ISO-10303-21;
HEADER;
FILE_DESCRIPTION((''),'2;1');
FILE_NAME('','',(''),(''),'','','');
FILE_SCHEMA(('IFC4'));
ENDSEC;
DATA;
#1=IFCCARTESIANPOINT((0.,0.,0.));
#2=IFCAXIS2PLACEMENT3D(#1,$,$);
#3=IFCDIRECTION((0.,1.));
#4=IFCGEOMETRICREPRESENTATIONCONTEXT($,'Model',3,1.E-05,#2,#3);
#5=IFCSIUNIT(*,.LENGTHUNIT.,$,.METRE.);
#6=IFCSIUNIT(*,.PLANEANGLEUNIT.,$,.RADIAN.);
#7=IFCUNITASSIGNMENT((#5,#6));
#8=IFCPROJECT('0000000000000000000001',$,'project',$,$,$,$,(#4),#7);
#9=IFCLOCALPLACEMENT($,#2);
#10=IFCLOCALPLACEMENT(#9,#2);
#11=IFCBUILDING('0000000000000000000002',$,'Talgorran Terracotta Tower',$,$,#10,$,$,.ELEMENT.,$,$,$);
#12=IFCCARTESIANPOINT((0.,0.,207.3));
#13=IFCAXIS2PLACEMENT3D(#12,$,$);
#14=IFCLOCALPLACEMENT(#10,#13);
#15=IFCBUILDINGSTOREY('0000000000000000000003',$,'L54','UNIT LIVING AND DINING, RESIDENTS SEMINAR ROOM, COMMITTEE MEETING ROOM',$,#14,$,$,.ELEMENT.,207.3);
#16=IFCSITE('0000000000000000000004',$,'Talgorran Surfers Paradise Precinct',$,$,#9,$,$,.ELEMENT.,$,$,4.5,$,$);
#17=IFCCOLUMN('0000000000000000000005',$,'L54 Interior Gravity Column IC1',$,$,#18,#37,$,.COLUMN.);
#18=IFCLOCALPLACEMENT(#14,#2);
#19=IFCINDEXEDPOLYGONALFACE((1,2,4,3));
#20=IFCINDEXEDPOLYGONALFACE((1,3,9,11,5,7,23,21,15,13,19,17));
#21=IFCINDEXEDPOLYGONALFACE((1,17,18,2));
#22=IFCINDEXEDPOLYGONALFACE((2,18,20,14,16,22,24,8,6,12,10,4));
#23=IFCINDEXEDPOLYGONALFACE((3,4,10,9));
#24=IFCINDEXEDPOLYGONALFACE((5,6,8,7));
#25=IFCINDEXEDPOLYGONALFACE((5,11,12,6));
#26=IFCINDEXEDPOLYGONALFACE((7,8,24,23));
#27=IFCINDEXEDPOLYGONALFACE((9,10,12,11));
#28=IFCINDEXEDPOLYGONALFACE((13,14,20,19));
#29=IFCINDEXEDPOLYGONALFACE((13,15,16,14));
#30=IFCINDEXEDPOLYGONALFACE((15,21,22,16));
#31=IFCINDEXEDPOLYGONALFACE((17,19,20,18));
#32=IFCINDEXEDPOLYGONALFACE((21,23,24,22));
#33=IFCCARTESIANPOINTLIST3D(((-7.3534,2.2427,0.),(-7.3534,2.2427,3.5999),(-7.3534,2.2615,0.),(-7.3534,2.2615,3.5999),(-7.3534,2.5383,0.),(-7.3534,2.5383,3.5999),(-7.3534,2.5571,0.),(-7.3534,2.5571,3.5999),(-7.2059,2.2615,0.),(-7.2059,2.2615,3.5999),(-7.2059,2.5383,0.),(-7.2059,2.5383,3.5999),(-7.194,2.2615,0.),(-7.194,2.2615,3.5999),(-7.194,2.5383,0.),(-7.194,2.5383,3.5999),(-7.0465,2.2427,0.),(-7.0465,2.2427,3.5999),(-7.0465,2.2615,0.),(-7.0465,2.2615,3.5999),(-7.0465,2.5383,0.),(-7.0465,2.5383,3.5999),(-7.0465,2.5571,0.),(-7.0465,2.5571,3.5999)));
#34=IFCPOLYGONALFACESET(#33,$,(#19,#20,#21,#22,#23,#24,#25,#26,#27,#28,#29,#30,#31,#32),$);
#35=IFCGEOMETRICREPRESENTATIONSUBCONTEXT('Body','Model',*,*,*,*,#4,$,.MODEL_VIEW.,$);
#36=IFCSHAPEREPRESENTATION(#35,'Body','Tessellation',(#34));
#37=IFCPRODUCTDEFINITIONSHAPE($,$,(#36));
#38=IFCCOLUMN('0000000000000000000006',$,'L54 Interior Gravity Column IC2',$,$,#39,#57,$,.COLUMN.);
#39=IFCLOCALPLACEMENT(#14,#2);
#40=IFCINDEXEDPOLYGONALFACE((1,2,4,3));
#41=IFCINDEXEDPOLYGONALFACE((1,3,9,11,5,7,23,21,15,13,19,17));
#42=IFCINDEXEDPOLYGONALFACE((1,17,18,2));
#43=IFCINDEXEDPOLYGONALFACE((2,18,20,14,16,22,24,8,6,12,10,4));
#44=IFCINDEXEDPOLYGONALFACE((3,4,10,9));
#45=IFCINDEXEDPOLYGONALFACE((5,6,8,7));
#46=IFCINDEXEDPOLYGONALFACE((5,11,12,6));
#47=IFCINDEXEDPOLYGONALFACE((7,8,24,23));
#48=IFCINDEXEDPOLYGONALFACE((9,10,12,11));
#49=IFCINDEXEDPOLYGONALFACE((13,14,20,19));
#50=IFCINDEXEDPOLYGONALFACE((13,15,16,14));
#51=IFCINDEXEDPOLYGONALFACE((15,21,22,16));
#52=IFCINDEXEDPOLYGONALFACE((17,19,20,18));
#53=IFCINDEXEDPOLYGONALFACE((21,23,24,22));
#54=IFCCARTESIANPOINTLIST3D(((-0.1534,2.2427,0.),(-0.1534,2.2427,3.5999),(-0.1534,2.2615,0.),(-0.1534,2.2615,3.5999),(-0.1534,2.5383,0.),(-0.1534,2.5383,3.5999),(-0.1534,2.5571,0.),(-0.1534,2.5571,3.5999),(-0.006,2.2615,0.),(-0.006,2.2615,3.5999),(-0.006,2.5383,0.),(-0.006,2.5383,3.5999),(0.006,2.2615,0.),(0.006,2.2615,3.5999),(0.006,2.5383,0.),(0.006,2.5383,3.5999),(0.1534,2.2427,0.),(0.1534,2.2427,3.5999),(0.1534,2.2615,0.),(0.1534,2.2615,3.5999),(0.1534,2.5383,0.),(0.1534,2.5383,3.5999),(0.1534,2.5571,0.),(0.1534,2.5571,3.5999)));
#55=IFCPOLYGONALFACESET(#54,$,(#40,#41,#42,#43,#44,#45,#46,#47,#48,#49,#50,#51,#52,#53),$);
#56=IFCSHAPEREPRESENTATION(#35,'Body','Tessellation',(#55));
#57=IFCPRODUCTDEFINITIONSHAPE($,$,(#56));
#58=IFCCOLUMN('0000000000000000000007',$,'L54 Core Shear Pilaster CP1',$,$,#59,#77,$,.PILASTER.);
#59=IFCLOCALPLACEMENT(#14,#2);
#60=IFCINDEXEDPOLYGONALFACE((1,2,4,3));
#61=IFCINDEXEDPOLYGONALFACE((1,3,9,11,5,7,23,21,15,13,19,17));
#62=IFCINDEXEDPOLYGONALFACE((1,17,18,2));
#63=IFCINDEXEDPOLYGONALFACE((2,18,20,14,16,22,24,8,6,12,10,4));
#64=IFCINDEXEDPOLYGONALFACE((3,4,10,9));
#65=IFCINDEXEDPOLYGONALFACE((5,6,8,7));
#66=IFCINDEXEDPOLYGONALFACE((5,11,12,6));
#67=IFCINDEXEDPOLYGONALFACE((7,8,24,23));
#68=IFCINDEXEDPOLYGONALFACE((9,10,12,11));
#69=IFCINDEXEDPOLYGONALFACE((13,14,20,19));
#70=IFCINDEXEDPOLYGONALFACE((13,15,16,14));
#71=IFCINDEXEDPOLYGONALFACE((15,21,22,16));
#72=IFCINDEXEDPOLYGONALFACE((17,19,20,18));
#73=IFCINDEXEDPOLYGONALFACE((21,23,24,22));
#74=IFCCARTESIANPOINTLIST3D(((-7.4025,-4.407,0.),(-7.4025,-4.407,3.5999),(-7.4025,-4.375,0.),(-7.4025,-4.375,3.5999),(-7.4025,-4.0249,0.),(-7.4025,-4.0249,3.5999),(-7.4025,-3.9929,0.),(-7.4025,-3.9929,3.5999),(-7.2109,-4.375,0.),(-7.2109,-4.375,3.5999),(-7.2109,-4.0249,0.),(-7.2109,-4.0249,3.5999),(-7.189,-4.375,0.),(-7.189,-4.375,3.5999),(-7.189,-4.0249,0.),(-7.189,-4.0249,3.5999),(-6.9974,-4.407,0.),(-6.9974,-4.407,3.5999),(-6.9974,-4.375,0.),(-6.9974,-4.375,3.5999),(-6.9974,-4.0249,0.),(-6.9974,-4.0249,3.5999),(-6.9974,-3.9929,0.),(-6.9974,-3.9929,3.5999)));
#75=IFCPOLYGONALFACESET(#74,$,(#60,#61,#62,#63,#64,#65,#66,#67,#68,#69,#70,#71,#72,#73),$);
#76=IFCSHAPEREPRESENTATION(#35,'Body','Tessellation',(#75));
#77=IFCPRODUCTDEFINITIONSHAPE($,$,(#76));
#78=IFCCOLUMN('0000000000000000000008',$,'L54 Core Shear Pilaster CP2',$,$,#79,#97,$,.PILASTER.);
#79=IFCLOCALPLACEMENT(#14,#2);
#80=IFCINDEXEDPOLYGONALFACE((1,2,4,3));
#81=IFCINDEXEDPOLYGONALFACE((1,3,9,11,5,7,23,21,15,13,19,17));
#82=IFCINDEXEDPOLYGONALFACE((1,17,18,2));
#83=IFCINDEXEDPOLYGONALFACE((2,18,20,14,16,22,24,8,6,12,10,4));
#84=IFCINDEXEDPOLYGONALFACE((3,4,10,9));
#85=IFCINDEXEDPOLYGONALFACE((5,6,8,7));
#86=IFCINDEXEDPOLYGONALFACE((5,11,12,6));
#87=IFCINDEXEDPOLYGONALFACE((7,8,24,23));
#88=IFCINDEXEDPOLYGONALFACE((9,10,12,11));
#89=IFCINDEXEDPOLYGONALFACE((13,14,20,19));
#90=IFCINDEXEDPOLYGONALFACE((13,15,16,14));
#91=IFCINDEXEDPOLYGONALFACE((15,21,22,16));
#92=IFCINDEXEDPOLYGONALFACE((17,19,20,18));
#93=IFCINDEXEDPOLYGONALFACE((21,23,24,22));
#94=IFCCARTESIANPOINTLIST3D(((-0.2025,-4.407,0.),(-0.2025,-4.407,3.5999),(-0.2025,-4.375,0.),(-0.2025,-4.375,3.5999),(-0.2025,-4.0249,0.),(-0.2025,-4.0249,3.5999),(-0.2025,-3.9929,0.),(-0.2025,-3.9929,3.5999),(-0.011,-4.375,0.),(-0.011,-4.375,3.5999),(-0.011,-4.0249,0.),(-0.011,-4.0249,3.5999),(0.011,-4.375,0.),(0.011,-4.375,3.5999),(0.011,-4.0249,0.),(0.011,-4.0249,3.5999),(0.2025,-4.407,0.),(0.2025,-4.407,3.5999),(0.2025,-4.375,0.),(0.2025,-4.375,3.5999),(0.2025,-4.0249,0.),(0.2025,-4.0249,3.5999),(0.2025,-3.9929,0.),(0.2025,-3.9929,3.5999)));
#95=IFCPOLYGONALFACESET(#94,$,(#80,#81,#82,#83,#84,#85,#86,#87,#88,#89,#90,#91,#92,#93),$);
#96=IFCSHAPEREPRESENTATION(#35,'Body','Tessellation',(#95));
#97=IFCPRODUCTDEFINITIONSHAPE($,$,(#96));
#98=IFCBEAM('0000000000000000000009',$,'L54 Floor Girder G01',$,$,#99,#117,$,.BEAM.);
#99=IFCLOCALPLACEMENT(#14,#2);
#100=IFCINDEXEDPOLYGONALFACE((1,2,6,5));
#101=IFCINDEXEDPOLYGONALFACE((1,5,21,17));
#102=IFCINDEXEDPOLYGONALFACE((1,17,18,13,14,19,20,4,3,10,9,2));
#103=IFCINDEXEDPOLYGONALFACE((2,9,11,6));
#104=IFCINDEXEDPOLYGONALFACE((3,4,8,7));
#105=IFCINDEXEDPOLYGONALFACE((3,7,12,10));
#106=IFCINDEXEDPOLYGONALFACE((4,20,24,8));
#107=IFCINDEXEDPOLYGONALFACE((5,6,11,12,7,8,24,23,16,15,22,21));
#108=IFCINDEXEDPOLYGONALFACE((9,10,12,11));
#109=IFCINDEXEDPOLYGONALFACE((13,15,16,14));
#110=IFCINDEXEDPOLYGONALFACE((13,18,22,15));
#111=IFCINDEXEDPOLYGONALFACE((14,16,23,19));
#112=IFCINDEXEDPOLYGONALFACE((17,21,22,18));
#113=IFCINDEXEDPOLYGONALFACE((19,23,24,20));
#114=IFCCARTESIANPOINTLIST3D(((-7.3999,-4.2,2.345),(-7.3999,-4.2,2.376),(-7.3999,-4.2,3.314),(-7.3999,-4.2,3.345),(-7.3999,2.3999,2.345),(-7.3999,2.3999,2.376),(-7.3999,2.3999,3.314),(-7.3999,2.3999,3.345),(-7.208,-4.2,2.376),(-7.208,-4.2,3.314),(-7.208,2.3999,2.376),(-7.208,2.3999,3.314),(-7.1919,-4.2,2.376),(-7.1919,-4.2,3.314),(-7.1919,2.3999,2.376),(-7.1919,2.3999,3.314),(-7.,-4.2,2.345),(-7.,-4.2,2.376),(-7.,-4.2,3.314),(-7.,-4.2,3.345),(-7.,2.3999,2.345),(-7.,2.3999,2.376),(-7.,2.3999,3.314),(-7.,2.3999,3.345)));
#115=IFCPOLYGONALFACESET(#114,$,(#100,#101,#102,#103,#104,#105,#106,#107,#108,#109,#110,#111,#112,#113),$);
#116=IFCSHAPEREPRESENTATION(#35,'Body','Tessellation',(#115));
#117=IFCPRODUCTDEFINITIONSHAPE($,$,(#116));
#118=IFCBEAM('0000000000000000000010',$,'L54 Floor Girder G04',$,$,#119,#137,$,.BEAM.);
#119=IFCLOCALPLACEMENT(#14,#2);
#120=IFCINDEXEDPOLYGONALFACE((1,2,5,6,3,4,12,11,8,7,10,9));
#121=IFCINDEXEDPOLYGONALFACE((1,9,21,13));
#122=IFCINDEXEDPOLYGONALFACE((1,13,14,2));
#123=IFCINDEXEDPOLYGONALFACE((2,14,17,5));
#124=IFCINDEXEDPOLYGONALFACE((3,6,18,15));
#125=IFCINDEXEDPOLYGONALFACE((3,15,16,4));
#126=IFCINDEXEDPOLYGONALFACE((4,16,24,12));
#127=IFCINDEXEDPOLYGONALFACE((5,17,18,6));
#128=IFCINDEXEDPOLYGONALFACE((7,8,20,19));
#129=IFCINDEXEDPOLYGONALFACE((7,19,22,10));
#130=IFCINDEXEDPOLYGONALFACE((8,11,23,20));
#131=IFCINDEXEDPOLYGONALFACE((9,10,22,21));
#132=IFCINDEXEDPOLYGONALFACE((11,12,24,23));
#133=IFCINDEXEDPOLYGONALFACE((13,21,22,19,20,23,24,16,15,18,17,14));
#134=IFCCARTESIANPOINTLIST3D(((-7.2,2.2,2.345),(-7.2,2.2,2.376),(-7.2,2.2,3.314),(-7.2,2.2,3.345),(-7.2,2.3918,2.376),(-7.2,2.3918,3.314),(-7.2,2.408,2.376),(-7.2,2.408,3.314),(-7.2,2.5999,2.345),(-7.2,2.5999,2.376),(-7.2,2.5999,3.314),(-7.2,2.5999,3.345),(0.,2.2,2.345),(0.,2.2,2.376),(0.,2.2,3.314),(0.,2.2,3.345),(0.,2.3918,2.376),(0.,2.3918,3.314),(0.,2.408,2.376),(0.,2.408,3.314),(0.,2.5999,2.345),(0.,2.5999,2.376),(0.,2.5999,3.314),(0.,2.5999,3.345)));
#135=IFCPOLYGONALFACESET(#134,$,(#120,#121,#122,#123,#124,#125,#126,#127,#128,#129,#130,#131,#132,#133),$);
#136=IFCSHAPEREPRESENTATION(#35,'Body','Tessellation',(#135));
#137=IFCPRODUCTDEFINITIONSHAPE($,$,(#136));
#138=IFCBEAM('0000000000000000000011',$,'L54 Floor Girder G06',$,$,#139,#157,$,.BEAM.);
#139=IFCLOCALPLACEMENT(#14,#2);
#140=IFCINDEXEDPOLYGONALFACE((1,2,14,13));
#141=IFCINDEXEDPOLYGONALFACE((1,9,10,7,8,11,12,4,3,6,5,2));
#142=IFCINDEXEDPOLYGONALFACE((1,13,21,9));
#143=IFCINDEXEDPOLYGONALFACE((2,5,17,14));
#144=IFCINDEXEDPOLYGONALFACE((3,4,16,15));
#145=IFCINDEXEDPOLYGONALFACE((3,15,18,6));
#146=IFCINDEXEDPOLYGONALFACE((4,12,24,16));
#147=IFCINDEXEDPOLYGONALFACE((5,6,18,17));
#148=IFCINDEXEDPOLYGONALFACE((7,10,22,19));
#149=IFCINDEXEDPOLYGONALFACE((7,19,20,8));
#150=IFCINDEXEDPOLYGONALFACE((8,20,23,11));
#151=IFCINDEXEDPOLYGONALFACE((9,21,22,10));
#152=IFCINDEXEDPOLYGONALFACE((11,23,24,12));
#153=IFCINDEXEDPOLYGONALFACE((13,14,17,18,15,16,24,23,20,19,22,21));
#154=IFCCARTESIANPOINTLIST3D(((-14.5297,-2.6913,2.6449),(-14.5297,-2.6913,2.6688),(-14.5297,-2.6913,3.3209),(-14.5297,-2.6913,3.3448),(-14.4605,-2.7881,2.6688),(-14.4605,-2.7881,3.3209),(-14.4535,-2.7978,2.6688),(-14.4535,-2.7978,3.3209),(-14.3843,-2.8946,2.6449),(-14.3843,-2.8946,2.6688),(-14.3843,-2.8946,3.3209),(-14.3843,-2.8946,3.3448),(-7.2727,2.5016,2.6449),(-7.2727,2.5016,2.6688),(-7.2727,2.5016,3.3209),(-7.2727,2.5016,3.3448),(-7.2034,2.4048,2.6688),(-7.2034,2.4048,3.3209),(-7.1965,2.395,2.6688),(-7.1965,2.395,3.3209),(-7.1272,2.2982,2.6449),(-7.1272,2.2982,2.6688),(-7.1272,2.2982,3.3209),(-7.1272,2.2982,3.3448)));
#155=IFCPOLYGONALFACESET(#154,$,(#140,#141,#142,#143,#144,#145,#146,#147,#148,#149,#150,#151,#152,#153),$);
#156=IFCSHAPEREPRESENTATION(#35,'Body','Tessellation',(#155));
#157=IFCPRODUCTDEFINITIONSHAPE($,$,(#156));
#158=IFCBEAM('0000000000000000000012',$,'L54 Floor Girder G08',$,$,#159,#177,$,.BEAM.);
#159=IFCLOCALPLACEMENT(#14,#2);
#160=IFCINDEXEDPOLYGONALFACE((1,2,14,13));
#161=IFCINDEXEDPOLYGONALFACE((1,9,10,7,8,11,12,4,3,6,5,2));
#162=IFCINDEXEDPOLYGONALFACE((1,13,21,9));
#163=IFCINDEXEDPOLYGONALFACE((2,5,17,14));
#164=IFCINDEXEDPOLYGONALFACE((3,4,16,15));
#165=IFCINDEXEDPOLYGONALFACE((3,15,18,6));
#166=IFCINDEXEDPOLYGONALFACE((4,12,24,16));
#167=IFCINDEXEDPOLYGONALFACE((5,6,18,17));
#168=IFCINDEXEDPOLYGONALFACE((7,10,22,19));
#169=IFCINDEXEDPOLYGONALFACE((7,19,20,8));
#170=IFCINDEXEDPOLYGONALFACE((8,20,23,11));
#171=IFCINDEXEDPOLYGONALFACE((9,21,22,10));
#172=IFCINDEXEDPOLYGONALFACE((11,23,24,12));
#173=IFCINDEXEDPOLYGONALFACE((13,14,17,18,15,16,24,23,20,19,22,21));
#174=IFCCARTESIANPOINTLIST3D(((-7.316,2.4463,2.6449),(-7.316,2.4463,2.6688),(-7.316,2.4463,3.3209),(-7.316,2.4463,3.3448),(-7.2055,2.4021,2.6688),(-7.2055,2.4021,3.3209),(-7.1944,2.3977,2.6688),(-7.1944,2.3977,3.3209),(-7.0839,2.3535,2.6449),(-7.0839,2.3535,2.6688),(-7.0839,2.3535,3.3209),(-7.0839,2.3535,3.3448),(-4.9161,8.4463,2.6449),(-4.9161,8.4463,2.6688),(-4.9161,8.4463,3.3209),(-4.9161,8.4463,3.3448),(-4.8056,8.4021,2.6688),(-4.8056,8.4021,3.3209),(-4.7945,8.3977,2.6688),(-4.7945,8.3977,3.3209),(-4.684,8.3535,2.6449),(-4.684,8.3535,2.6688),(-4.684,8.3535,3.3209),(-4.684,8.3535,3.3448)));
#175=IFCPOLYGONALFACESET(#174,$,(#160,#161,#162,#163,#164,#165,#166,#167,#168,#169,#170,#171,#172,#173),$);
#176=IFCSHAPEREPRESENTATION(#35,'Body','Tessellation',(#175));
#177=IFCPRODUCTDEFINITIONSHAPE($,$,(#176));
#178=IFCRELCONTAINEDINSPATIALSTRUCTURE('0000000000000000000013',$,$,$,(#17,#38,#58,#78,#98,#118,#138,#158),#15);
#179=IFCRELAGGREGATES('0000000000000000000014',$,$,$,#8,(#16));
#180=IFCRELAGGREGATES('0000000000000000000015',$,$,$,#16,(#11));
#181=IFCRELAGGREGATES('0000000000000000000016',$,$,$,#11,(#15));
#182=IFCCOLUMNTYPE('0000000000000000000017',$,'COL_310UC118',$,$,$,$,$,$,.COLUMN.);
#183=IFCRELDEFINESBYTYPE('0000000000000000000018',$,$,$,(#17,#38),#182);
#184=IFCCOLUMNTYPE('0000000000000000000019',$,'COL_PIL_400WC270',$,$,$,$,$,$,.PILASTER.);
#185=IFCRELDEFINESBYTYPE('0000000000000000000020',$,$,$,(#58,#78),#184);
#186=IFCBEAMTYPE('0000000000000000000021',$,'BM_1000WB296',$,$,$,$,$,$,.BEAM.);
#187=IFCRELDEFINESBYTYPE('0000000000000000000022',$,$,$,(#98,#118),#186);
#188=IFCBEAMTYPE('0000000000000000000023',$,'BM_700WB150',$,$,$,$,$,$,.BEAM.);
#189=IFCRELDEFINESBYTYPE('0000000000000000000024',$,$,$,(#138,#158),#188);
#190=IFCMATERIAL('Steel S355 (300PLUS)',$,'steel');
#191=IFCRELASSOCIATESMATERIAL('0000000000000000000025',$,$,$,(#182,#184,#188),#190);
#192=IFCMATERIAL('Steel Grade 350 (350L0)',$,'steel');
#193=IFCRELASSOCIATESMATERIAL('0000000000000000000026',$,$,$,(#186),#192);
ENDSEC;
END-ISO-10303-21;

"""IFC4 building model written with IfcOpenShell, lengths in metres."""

from ifc_helpers import new_model, si_unit, direction, frame, origin, origin_2d, place, context, subcontext, project, spatial, i_section, extrude, material, material_profile, profile_set, type_object, element, save


model = new_model("IFC4")

# Units and contexts
model_context = context("Model", 3, precision=1e-05, world=origin(), true_north=direction((0.0, 1.0)))
body_context = subcontext(model_context, "Body", "Model", "MODEL_VIEW")
ifc_project = project(units=[si_unit("LENGTHUNIT", "METRE"), si_unit("PLANEANGLEUNIT", "RADIAN")], contexts=[model_context])

# Site, building, storey
site_placement = place(None, origin())
site = spatial("IfcSite", under=ifc_project, at=site_placement, Name="Talgorran Surfers Paradise Precinct", CompositionType="ELEMENT", RefElevation=4.5)
building_placement = place(site_placement, origin())
building = spatial("IfcBuilding", under=site, at=building_placement, Name="Talgorran Terracotta Tower", CompositionType="ELEMENT")
storey_placement = place(building_placement, frame((0.0, 0.0, 207.3)))
storey = spatial("IfcBuildingStorey", under=building, at=storey_placement, Name="L54", Description="UNIT LIVING AND DINING, RESIDENTS SEMINAR ROOM, COMMITTEE MEETING ROOM", CompositionType="ELEMENT", Elevation=207.3)

# Columns
ifc_material_1 = material(Name="Steel S355 (300PLUS)", Category="steel")
ifc_material_profile_1 = material_profile(ifc_material_1, i_section(OverallWidth=0.3069, OverallDepth=0.3145, WebThickness=0.012, FlangeThickness=0.0188, at=origin_2d()), Name="310UC118")
ifc_profile_set_1 = profile_set([ifc_material_profile_1], Name="Steel S355 (300PLUS)")
column_type_1 = type_object("IfcColumnType", Name="COL_310UC118", PredefinedType="COLUMN", material=ifc_profile_set_1)
for number, where, z_axis, x_axis, name in (
    (1, (-7.2, 2.3999, 0.0), (0.0, 0.0, 1.0), (1.0, 0.0, 0.0), "L54 Interior Gravity Column IC1"),
    (2, (0.0, 2.3999, 0.0), (0.0, 0.0, 1.0), (1.0, 0.0, 0.0), "L54 Interior Gravity Column IC2"),
):
    element("IfcColumn", number, at=place(storey_placement, frame(where, z_axis=z_axis, x_axis=x_axis)), inside=storey, type_object=column_type_1, Name=name, PredefinedType="COLUMN", context=body_context, shape_type="SweptSolid", body=[
        extrude(i_section(OverallWidth=0.3069, OverallDepth=0.3145, WebThickness=0.012, FlangeThickness=0.0188, at=origin_2d()), origin(), (0.0, 0.0, 1.0), 3.5999),
    ])
ifc_material_profile_2 = material_profile(ifc_material_1, i_section(OverallWidth=0.405, OverallDepth=0.4141, WebThickness=0.022, FlangeThickness=0.032, at=origin_2d()), Name="400WC270")
ifc_profile_set_2 = profile_set([ifc_material_profile_2], Name="Steel S355 (300PLUS)")
column_type_2 = type_object("IfcColumnType", Name="COL_PIL_400WC270", PredefinedType="PILASTER", material=ifc_profile_set_2)
for number, where, z_axis, x_axis, name in (
    (3, (-7.2, -4.2, 0.0), (0.0, 0.0, 1.0), (1.0, 0.0, 0.0), "L54 Core Shear Pilaster CP1"),
    (4, (0.0, -4.2, 0.0), (0.0, 0.0, 1.0), (1.0, 0.0, 0.0), "L54 Core Shear Pilaster CP2"),
):
    element("IfcColumn", number, at=place(storey_placement, frame(where, z_axis=z_axis, x_axis=x_axis)), inside=storey, type_object=column_type_2, Name=name, PredefinedType="PILASTER", context=body_context, shape_type="SweptSolid", body=[
        extrude(i_section(OverallWidth=0.405, OverallDepth=0.4141, WebThickness=0.022, FlangeThickness=0.032, at=origin_2d()), origin(), (0.0, 0.0, 1.0), 3.5999),
    ])

# Beams
ifc_material_2 = material(Name="Steel Grade 350 (350L0)", Category="steel")
ifc_material_profile_3 = material_profile(ifc_material_2, i_section(OverallWidth=0.3999, OverallDepth=1.0, WebThickness=0.0161, FlangeThickness=0.031, at=origin_2d()), Name="1000WB296")
ifc_profile_set_3 = profile_set([ifc_material_profile_3], Name="Steel Grade 350 (350L0)")
beam_type_1 = type_object("IfcBeamType", Name="BM_1000WB296", PredefinedType="BEAM", material=ifc_profile_set_3)
beam_1_placement = place(storey_placement, frame((-7.2, -4.2, 2.845), z_axis=(0.0, 1.0, 0.0), x_axis=(-1.0, 0.0, 0.0)))
element("IfcBeam", 5, at=beam_1_placement, inside=storey, type_object=beam_type_1, Name="L54 Floor Girder G01", PredefinedType="BEAM", context=body_context, shape_type="SweptSolid", body=[
    extrude(i_section(OverallWidth=0.3999, OverallDepth=1.0, WebThickness=0.0161, FlangeThickness=0.031, at=origin_2d()), origin(), (0.0, 0.0, 1.0), 6.5999),
])
beam_2_placement = place(storey_placement, frame((-7.2, 2.3999, 2.845), z_axis=(1.0, 0.0, 0.0), x_axis=(0.0, 1.0, 0.0)))
element("IfcBeam", 6, at=beam_2_placement, inside=storey, type_object=beam_type_1, Name="L54 Floor Girder G04", PredefinedType="BEAM", context=body_context, shape_type="SweptSolid", body=[
    extrude(i_section(OverallWidth=0.3999, OverallDepth=1.0, WebThickness=0.0161, FlangeThickness=0.031, at=origin_2d()), origin(), (0.0, 0.0, 1.0), 7.2),
])
ifc_material_profile_4 = material_profile(ifc_material_1, i_section(OverallWidth=0.25, OverallDepth=0.7, WebThickness=0.012, FlangeThickness=0.0239, at=origin_2d()), Name="700WB150")
ifc_profile_set_4 = profile_set([ifc_material_profile_4], Name="Steel S355 (300PLUS)")
beam_type_2 = type_object("IfcBeamType", Name="BM_700WB150", PredefinedType="BEAM", material=ifc_profile_set_4)
beam_3_placement = place(storey_placement, frame((-7.2, 2.3999, 2.9949), z_axis=(-0.813243, -0.581924, 0.0), x_axis=(0.581924, -0.813243, 0.0)))
element("IfcBeam", 7, at=beam_3_placement, inside=storey, type_object=beam_type_2, Name="L54 Floor Girder G06", PredefinedType="BEAM", context=body_context, shape_type="SweptSolid", body=[
    extrude(i_section(OverallWidth=0.25, OverallDepth=0.7, WebThickness=0.012, FlangeThickness=0.0239, at=origin_2d()), origin(), (0.0, 0.0, 1.0), 8.9236),
])
beam_4_placement = place(storey_placement, frame((-7.2, 2.3999, 2.9949), z_axis=(0.371378, 0.928482, 0.0), x_axis=(-0.928482, 0.371378, 0.0)))
element("IfcBeam", 8, at=beam_4_placement, inside=storey, type_object=beam_type_2, Name="L54 Floor Girder G08", PredefinedType="BEAM", context=body_context, shape_type="SweptSolid", body=[
    extrude(i_section(OverallWidth=0.25, OverallDepth=0.7, WebThickness=0.012, FlangeThickness=0.0239, at=origin_2d()), origin(), (0.0, 0.0, 1.0), 6.4622),
])

save(model, "model.ifc")
